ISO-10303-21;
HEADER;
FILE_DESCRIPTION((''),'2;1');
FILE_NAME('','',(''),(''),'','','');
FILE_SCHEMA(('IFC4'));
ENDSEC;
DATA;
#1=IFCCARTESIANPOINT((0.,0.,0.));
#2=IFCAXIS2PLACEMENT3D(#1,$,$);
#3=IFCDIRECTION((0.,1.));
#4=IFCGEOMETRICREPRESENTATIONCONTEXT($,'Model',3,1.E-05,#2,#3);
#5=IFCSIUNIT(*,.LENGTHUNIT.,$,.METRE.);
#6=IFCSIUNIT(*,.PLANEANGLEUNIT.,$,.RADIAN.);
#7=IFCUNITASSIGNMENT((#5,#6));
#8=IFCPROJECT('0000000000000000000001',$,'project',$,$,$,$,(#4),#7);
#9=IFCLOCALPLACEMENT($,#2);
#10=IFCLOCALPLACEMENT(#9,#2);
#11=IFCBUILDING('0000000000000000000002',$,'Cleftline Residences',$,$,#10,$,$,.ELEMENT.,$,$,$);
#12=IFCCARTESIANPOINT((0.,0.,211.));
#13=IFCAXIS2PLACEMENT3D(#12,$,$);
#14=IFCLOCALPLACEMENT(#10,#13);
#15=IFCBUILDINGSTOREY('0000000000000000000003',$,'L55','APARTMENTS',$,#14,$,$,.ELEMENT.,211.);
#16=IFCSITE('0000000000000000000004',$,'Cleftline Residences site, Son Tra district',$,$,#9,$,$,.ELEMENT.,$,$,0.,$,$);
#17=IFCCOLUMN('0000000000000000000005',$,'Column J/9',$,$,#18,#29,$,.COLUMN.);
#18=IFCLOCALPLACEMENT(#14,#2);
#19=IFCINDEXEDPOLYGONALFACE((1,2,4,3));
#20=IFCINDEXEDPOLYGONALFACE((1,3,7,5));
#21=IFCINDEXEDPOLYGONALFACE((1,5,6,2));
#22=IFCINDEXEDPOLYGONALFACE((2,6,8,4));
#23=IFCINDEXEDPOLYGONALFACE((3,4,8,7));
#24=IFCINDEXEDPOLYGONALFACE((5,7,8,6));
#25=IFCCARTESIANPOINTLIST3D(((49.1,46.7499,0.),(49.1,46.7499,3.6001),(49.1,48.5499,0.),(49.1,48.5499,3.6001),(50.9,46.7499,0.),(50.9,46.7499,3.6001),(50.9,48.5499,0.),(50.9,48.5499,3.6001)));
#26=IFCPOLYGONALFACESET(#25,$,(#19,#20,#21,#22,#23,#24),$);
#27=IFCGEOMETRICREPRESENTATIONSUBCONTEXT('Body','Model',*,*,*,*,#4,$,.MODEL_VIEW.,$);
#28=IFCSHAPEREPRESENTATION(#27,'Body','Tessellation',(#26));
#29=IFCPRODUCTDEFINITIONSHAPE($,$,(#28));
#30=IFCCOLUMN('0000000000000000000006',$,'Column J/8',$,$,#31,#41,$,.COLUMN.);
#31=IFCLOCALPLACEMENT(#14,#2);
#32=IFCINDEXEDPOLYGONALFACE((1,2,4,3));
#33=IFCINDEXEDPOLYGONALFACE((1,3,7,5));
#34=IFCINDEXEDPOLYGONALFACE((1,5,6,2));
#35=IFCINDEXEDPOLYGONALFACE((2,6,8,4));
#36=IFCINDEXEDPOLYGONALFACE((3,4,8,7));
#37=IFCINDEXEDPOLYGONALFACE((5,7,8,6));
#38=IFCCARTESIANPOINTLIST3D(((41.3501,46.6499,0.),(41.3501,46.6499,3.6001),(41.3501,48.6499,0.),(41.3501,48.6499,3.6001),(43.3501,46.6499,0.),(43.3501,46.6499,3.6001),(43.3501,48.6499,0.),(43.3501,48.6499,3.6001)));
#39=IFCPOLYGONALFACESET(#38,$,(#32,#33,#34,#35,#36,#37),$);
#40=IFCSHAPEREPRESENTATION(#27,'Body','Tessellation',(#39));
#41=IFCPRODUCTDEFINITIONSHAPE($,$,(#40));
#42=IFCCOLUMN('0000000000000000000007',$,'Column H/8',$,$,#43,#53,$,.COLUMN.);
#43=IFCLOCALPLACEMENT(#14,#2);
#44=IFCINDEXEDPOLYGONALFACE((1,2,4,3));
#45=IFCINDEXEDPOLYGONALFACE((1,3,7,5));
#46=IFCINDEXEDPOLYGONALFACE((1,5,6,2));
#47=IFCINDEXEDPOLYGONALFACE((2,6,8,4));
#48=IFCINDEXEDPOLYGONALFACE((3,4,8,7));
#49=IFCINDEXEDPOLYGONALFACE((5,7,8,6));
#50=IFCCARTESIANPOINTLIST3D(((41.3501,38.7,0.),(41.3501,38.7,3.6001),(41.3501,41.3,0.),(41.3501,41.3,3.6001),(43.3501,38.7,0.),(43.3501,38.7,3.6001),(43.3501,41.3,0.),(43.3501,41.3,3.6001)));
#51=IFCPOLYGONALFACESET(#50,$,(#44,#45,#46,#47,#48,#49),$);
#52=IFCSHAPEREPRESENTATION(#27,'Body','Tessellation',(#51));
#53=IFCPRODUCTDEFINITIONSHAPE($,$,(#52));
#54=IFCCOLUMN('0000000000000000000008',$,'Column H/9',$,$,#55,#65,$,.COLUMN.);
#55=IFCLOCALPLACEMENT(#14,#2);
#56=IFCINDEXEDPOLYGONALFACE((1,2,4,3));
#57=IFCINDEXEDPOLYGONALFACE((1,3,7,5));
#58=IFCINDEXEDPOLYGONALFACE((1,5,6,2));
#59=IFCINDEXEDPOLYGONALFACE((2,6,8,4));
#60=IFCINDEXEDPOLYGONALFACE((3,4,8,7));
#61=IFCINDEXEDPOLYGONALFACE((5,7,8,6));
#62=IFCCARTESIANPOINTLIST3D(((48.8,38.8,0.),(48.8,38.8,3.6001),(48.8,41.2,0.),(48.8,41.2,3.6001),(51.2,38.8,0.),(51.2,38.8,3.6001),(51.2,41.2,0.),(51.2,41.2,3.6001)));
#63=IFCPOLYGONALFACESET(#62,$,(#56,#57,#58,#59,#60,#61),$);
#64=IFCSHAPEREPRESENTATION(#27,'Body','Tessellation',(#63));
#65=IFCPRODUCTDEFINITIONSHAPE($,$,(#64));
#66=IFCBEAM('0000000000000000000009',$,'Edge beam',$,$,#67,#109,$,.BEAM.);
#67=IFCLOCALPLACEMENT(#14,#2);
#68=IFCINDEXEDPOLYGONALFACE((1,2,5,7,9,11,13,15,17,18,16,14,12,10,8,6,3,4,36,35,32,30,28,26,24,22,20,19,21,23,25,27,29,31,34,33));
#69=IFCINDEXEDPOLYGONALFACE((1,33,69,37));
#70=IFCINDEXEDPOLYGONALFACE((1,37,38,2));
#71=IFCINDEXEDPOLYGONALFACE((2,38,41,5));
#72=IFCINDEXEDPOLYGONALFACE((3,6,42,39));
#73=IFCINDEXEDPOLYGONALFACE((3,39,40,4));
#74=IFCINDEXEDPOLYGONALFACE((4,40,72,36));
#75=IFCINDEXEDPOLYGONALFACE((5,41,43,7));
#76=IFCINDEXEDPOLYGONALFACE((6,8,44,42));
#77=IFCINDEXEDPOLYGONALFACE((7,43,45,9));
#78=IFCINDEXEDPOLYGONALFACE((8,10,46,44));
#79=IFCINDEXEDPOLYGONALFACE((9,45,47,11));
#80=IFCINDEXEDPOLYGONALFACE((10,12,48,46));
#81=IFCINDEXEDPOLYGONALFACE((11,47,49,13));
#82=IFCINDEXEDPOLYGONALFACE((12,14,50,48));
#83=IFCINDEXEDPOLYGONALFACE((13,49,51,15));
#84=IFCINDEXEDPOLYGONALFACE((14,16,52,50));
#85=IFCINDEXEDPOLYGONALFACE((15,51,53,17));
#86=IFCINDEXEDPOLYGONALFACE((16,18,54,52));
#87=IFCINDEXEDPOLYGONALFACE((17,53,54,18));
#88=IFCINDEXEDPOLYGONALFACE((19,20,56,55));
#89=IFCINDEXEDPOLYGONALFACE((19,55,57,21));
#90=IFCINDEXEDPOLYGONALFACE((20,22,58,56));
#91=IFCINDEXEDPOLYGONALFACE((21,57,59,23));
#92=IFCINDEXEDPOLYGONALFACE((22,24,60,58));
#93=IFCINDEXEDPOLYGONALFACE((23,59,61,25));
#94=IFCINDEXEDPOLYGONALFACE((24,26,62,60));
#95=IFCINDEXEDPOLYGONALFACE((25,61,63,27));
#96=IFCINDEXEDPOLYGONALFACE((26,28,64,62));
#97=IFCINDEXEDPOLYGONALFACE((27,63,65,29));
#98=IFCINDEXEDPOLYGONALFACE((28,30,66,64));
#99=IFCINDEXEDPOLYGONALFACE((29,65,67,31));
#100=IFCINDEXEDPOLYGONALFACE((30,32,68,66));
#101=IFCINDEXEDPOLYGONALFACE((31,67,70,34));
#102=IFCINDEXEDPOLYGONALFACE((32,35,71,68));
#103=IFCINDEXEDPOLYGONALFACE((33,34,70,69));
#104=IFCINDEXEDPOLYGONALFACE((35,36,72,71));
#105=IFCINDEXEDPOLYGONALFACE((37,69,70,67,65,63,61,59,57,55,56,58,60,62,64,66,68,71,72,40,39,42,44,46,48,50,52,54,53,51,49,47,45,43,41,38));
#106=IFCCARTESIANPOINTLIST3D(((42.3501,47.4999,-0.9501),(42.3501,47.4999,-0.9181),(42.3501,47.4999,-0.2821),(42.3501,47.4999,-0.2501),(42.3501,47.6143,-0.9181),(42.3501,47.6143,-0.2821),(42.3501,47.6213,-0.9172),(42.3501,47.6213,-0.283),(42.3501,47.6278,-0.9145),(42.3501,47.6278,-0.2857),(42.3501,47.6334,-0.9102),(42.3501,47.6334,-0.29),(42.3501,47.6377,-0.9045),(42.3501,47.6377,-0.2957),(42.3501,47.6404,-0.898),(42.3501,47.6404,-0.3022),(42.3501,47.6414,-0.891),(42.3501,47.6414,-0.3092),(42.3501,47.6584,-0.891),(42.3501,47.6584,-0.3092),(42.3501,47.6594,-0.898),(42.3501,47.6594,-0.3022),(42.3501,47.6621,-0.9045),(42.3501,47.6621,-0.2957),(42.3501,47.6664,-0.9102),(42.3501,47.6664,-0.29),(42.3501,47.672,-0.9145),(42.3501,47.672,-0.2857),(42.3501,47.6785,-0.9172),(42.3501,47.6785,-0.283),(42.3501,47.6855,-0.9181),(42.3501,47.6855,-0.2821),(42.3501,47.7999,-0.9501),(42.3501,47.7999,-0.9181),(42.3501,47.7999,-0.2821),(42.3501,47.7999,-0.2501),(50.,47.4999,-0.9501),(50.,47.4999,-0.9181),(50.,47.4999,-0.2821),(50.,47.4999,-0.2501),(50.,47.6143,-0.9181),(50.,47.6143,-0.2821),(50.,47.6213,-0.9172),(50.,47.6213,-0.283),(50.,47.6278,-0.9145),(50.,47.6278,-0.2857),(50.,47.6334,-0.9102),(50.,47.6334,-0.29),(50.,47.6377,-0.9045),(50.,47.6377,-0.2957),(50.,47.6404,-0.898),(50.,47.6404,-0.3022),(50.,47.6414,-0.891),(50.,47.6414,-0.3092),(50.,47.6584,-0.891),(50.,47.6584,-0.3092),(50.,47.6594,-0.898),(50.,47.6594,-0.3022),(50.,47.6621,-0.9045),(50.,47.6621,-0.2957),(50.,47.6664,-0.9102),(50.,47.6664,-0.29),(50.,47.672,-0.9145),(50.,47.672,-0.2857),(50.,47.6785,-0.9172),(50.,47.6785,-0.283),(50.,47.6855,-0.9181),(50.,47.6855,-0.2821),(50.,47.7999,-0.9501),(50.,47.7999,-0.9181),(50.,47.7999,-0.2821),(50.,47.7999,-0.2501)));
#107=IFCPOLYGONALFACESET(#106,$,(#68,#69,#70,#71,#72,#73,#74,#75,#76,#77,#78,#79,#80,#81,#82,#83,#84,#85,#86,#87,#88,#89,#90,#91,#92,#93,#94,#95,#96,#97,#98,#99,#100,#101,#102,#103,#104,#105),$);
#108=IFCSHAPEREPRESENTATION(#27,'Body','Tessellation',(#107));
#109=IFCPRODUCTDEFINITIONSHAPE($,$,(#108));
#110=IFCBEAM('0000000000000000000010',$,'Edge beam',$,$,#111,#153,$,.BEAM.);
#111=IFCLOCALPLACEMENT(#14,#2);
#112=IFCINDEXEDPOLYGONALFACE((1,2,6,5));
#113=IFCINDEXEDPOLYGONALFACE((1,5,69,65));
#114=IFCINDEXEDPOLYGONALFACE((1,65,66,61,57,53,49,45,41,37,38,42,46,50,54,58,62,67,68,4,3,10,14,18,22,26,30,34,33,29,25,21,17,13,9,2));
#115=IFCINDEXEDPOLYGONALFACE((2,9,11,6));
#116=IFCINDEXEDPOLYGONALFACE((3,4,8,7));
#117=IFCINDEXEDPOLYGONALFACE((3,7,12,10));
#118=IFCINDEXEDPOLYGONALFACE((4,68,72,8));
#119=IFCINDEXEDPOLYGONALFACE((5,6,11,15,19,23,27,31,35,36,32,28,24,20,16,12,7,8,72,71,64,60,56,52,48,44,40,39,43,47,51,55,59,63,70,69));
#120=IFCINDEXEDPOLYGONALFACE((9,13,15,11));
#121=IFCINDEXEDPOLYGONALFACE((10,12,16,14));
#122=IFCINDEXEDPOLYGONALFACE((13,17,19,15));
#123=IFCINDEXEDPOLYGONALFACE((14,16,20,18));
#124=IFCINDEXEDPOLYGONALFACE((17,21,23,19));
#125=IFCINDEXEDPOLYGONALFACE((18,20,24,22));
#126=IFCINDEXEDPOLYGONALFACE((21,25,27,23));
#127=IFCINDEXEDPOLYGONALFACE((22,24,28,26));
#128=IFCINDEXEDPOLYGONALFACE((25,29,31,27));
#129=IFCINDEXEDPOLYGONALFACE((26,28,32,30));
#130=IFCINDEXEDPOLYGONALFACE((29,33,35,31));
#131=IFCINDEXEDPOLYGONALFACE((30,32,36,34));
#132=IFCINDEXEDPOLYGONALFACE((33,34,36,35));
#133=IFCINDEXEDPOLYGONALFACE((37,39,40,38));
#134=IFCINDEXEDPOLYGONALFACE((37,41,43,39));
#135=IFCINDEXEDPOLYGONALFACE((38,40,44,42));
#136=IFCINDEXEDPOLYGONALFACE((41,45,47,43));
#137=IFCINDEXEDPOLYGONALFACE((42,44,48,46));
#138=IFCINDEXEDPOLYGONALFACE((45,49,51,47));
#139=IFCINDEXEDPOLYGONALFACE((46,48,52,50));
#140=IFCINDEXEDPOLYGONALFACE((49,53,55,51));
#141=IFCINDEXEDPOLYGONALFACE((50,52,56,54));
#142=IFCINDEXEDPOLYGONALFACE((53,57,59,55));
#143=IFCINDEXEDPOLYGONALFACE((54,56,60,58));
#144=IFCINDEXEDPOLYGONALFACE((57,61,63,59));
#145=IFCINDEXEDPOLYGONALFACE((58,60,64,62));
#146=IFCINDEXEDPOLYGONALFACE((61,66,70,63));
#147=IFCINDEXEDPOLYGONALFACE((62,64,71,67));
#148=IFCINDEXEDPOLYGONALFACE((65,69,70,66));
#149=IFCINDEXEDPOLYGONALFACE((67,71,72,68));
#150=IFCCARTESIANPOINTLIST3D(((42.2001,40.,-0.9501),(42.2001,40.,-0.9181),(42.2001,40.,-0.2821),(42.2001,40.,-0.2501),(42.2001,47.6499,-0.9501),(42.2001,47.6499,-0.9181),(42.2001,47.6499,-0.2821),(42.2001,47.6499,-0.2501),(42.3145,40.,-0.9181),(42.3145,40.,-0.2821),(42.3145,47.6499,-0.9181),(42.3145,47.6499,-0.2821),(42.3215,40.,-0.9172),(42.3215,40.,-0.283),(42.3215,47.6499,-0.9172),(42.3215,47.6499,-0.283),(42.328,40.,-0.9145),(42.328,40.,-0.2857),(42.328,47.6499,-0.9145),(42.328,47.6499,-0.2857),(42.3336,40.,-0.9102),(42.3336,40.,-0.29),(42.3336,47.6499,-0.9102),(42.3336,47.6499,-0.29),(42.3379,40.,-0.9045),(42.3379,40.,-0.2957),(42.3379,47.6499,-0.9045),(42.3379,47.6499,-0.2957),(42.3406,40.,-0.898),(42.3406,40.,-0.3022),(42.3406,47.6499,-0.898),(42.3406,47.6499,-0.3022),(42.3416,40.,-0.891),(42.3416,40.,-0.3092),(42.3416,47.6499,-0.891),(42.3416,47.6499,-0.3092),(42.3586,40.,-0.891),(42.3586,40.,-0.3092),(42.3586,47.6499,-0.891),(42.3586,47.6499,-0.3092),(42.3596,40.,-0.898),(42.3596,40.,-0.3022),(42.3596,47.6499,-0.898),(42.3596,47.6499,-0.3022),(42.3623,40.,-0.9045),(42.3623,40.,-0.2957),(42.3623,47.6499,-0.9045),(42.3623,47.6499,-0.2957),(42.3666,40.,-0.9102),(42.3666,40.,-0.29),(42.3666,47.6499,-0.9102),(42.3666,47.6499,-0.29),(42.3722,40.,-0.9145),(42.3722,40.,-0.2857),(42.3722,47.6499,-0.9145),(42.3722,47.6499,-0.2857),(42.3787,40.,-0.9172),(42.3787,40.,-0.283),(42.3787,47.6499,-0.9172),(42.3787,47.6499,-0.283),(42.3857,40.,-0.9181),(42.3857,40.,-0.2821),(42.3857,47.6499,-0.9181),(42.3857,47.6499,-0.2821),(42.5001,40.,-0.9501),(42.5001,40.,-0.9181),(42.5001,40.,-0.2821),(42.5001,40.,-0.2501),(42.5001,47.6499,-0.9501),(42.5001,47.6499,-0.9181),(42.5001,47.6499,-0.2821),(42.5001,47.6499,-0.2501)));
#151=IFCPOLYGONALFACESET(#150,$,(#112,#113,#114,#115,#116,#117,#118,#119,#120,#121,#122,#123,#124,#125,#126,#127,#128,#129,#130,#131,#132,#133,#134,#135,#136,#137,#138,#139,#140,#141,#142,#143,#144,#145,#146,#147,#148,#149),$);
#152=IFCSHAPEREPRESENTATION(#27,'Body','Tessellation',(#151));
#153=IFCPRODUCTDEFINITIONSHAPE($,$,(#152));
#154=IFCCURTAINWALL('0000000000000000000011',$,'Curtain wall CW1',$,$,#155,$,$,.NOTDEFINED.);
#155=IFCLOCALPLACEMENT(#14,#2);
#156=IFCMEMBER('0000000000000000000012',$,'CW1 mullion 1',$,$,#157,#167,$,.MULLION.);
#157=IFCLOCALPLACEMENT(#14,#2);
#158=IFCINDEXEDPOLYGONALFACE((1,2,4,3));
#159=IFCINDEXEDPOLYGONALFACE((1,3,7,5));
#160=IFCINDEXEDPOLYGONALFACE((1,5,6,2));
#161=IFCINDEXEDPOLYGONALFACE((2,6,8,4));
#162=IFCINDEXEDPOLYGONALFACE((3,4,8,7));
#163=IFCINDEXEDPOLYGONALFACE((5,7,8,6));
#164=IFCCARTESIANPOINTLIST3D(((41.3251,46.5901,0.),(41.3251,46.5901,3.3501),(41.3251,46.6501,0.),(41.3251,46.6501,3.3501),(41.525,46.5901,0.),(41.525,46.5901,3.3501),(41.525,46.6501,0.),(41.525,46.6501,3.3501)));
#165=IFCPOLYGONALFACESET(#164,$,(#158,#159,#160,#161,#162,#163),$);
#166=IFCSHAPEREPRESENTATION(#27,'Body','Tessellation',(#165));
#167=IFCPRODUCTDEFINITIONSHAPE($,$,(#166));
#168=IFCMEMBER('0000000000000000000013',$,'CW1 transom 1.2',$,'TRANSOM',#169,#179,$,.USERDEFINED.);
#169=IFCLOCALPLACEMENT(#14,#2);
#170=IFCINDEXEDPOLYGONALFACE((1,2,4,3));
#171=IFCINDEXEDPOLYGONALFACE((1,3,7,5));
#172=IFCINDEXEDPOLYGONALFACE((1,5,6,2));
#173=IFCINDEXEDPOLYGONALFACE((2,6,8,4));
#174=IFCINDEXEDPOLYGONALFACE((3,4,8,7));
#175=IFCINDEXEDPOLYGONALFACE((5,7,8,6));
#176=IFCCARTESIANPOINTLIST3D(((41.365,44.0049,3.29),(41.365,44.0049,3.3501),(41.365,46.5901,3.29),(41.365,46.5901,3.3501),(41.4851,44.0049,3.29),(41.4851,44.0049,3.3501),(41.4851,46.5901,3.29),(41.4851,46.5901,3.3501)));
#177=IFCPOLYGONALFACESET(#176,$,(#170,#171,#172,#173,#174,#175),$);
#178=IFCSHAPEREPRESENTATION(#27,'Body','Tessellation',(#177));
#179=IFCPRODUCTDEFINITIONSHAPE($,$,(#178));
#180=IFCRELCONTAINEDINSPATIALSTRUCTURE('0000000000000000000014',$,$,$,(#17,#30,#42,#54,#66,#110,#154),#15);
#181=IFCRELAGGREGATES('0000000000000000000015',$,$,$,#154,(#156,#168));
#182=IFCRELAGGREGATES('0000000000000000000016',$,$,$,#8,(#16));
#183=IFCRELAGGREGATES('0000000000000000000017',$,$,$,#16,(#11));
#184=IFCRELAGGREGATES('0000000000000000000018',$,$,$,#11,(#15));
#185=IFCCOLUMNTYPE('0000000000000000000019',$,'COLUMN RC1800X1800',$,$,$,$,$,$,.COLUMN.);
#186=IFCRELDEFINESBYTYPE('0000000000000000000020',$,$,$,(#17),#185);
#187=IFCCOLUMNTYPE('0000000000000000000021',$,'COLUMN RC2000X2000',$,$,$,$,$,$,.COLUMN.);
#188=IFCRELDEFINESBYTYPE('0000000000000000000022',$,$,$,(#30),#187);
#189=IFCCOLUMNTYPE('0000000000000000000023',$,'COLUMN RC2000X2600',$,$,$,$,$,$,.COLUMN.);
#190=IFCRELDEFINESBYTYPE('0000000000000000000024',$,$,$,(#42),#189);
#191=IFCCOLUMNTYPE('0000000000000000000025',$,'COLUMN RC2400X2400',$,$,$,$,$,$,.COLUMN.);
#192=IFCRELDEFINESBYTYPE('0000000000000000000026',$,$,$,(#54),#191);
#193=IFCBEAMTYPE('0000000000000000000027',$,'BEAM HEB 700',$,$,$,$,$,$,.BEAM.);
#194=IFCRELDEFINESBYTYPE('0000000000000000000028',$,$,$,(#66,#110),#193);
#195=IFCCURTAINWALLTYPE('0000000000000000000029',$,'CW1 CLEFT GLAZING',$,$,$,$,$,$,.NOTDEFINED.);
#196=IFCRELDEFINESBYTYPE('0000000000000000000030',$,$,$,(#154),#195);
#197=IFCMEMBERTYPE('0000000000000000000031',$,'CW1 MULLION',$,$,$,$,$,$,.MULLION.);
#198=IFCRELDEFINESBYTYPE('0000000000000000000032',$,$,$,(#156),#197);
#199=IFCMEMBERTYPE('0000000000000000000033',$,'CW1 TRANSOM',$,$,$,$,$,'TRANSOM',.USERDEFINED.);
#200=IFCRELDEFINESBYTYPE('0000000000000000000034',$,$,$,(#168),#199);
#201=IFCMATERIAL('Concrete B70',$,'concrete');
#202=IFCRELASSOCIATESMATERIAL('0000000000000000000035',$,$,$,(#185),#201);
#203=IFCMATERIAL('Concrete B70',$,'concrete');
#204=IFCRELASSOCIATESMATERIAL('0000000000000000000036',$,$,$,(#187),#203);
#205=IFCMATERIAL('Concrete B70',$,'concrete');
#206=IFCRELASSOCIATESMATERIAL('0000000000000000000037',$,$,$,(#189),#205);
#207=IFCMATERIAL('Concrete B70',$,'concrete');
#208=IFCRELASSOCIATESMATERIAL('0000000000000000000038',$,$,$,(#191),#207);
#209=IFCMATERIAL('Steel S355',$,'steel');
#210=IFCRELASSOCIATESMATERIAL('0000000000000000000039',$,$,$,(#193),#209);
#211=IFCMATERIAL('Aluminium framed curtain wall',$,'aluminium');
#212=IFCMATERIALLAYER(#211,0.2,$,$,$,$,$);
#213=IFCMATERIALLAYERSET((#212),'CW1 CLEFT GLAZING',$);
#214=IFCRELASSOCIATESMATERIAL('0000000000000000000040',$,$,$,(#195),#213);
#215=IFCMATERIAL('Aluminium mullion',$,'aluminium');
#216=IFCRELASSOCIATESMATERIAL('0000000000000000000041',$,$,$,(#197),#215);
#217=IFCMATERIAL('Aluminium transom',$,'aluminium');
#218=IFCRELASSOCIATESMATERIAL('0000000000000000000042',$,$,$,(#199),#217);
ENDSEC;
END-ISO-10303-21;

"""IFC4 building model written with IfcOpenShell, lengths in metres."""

from ifc_helpers import new_model, si_unit, direction, frame, origin, origin_2d, place, context, subcontext, project, spatial, rectangle, i_section, extrude, material, layer, layer_set, material_profile, profile_set, type_object, element, aggregate, save


model = new_model("IFC4")

# Units and contexts
model_context = context("Model", 3, precision=1e-05, world=origin(), true_north=direction((0.0, 1.0)))
body_context = subcontext(model_context, "Body", "Model", "MODEL_VIEW")
ifc_project = project(units=[si_unit("LENGTHUNIT", "METRE"), si_unit("PLANEANGLEUNIT", "RADIAN")], contexts=[model_context])

# Site, building, storey
site_placement = place(None, origin())
site = spatial("IfcSite", under=ifc_project, at=site_placement, Name="Cleftline Residences site, Son Tra district", CompositionType="ELEMENT", RefElevation=0.0)
building_placement = place(site_placement, origin())
building = spatial("IfcBuilding", under=site, at=building_placement, Name="Cleftline Residences", CompositionType="ELEMENT")
storey_placement = place(building_placement, frame((0.0, 0.0, 211.0)))
storey = spatial("IfcBuildingStorey", under=building, at=storey_placement, Name="L55", Description="APARTMENTS", CompositionType="ELEMENT", Elevation=211.0)

# Columns
ifc_material_1 = material(Name="Concrete B70", Category="concrete")
ifc_material_profile_1 = material_profile(ifc_material_1, rectangle(XDim=1.8, YDim=1.8, at=origin_2d()))
ifc_profile_set_1 = profile_set([ifc_material_profile_1], Name="Concrete B70")
column_type_1 = type_object("IfcColumnType", Name="COLUMN RC1800X1800", PredefinedType="COLUMN", material=ifc_profile_set_1)
column_1_placement = place(storey_placement, frame((50.0, 47.6499, 0.0), z_axis=(0.0, 0.0, 1.0), x_axis=(1.0, 0.0, 0.0)))
element("IfcColumn", 1, at=column_1_placement, inside=storey, type_object=column_type_1, Name="Column J/9", PredefinedType="COLUMN", context=body_context, shape_type="SweptSolid", body=[
    extrude(rectangle(XDim=1.8, YDim=1.8, at=origin_2d()), origin(), (0.0, 0.0, 1.0), 3.6001),
])
ifc_material_2 = material(Name="Concrete B70", Category="concrete")
ifc_material_profile_2 = material_profile(ifc_material_2, rectangle(XDim=2.0, YDim=2.0, at=origin_2d()))
ifc_profile_set_2 = profile_set([ifc_material_profile_2], Name="Concrete B70")
column_type_2 = type_object("IfcColumnType", Name="COLUMN RC2000X2000", PredefinedType="COLUMN", material=ifc_profile_set_2)
column_2_placement = place(storey_placement, frame((42.3501, 47.6499, 0.0), z_axis=(0.0, 0.0, 1.0), x_axis=(1.0, 0.0, 0.0)))
element("IfcColumn", 2, at=column_2_placement, inside=storey, type_object=column_type_2, Name="Column J/8", PredefinedType="COLUMN", context=body_context, shape_type="SweptSolid", body=[
    extrude(rectangle(XDim=2.0, YDim=2.0, at=origin_2d()), origin(), (0.0, 0.0, 1.0), 3.6001),
])
ifc_material_3 = material(Name="Concrete B70", Category="concrete")
ifc_material_profile_3 = material_profile(ifc_material_3, rectangle(XDim=2.0, YDim=2.6001, at=origin_2d()))
ifc_profile_set_3 = profile_set([ifc_material_profile_3], Name="Concrete B70")
column_type_3 = type_object("IfcColumnType", Name="COLUMN RC2000X2600", PredefinedType="COLUMN", material=ifc_profile_set_3)
column_3_placement = place(storey_placement, frame((42.3501, 40.0, 0.0), z_axis=(0.0, 0.0, 1.0), x_axis=(1.0, 0.0, 0.0)))
element("IfcColumn", 3, at=column_3_placement, inside=storey, type_object=column_type_3, Name="Column H/8", PredefinedType="COLUMN", context=body_context, shape_type="SweptSolid", body=[
    extrude(rectangle(XDim=2.0, YDim=2.6001, at=origin_2d()), origin(), (0.0, 0.0, 1.0), 3.6001),
])
ifc_material_4 = material(Name="Concrete B70", Category="concrete")
ifc_material_profile_4 = material_profile(ifc_material_4, rectangle(XDim=2.3999, YDim=2.3999, at=origin_2d()))
ifc_profile_set_4 = profile_set([ifc_material_profile_4], Name="Concrete B70")
column_type_4 = type_object("IfcColumnType", Name="COLUMN RC2400X2400", PredefinedType="COLUMN", material=ifc_profile_set_4)
column_4_placement = place(storey_placement, frame((50.0, 40.0, 0.0), z_axis=(0.0, 0.0, 1.0), x_axis=(1.0, 0.0, 0.0)))
element("IfcColumn", 4, at=column_4_placement, inside=storey, type_object=column_type_4, Name="Column H/9", PredefinedType="COLUMN", context=body_context, shape_type="SweptSolid", body=[
    extrude(rectangle(XDim=2.3999, YDim=2.3999, at=origin_2d()), origin(), (0.0, 0.0, 1.0), 3.6001),
])

# Beams
ifc_material_5 = material(Name="Steel S355", Category="steel")
ifc_material_profile_5 = material_profile(ifc_material_5, i_section(OverallWidth=0.3, OverallDepth=0.7, WebThickness=0.0171, FlangeThickness=0.032, FilletRadius=0.0271, at=origin_2d()))
ifc_profile_set_5 = profile_set([ifc_material_profile_5], Name="Steel S355")
beam_type = type_object("IfcBeamType", Name="BEAM HEB 700", PredefinedType="BEAM", material=ifc_profile_set_5)
for number, where, z_axis, x_axis, name in (
    (5, (50.0, 47.6499, -0.6001), (-1.0, 0.0, 0.0), (0.0, -1.0, 0.0), "Edge beam"),
    (6, (42.3501, 47.6499, -0.6001), (0.0, -1.0, 0.0), (1.0, 0.0, 0.0), "Edge beam"),
):
    element("IfcBeam", number, at=place(storey_placement, frame(where, z_axis=z_axis, x_axis=x_axis)), inside=storey, type_object=beam_type, Name=name, PredefinedType="BEAM", context=body_context, shape_type="SweptSolid", body=[
        extrude(i_section(OverallWidth=0.3, OverallDepth=0.7, WebThickness=0.0171, FlangeThickness=0.032, FilletRadius=0.0271, at=origin_2d()), origin(), (0.0, 0.0, 1.0), 7.6499),
    ])

# Curtain wall, members
ifc_material_6 = material(Name="Aluminium framed curtain wall", Category="aluminium")
ifc_layer_1 = layer(ifc_material_6, 0.2)
ifc_layer_set_1 = layer_set([ifc_layer_1], Name="CW1 CLEFT GLAZING")
curtain_wall_type = type_object("IfcCurtainWallType", Name="CW1 CLEFT GLAZING", PredefinedType="NOTDEFINED", material=ifc_layer_set_1)
curtain_wall_placement = place(storey_placement, origin())
curtain_wall = element("IfcCurtainWall", 7, at=curtain_wall_placement, inside=storey, type_object=curtain_wall_type, Name="Curtain wall CW1", PredefinedType="NOTDEFINED")
ifc_material_7 = material(Name="Aluminium mullion", Category="aluminium")
ifc_material_profile_6 = material_profile(ifc_material_7, rectangle(XDim=0.2, YDim=0.0601, at=origin_2d()))
ifc_profile_set_6 = profile_set([ifc_material_profile_6], Name="Aluminium mullion")
member_type_1 = type_object("IfcMemberType", Name="CW1 MULLION", PredefinedType="MULLION", material=ifc_profile_set_6)
member_1_placement = place(storey_placement, frame((41.425, 46.6201, 0.0), z_axis=(0.0, 0.0, 1.0), x_axis=(1.0, 0.0, 0.0)))
member_1 = element("IfcMember", 8, at=member_1_placement, type_object=member_type_1, Name="CW1 mullion 1", PredefinedType="MULLION", context=body_context, shape_type="SweptSolid", body=[
    extrude(rectangle(XDim=0.2, YDim=0.0601, at=origin_2d()), origin(), (0.0, 0.0, 1.0), 3.3501),
])
ifc_material_8 = material(Name="Aluminium transom", Category="aluminium")
ifc_material_profile_7 = material_profile(ifc_material_8, rectangle(XDim=0.1201, YDim=0.0601, at=origin_2d()))
ifc_profile_set_7 = profile_set([ifc_material_profile_7], Name="Aluminium transom")
member_type_2 = type_object("IfcMemberType", Name="CW1 TRANSOM", ElementType="TRANSOM", PredefinedType="USERDEFINED", material=ifc_profile_set_7)
member_2_placement = place(storey_placement, frame((41.425, 46.5901, 3.3201), z_axis=(0.0, -1.0, 0.0), x_axis=(1.0, 0.0, 0.0)))
member_2 = element("IfcMember", 9, at=member_2_placement, type_object=member_type_2, Name="CW1 transom 1.2", ObjectType="TRANSOM", PredefinedType="USERDEFINED", context=body_context, shape_type="SweptSolid", body=[
    extrude(rectangle(XDim=0.1201, YDim=0.0601, at=origin_2d()), origin(), (0.0, 0.0, 1.0), 2.5852),
])
aggregate(curtain_wall, [member_1, member_2])

save(model, "model.ifc")
